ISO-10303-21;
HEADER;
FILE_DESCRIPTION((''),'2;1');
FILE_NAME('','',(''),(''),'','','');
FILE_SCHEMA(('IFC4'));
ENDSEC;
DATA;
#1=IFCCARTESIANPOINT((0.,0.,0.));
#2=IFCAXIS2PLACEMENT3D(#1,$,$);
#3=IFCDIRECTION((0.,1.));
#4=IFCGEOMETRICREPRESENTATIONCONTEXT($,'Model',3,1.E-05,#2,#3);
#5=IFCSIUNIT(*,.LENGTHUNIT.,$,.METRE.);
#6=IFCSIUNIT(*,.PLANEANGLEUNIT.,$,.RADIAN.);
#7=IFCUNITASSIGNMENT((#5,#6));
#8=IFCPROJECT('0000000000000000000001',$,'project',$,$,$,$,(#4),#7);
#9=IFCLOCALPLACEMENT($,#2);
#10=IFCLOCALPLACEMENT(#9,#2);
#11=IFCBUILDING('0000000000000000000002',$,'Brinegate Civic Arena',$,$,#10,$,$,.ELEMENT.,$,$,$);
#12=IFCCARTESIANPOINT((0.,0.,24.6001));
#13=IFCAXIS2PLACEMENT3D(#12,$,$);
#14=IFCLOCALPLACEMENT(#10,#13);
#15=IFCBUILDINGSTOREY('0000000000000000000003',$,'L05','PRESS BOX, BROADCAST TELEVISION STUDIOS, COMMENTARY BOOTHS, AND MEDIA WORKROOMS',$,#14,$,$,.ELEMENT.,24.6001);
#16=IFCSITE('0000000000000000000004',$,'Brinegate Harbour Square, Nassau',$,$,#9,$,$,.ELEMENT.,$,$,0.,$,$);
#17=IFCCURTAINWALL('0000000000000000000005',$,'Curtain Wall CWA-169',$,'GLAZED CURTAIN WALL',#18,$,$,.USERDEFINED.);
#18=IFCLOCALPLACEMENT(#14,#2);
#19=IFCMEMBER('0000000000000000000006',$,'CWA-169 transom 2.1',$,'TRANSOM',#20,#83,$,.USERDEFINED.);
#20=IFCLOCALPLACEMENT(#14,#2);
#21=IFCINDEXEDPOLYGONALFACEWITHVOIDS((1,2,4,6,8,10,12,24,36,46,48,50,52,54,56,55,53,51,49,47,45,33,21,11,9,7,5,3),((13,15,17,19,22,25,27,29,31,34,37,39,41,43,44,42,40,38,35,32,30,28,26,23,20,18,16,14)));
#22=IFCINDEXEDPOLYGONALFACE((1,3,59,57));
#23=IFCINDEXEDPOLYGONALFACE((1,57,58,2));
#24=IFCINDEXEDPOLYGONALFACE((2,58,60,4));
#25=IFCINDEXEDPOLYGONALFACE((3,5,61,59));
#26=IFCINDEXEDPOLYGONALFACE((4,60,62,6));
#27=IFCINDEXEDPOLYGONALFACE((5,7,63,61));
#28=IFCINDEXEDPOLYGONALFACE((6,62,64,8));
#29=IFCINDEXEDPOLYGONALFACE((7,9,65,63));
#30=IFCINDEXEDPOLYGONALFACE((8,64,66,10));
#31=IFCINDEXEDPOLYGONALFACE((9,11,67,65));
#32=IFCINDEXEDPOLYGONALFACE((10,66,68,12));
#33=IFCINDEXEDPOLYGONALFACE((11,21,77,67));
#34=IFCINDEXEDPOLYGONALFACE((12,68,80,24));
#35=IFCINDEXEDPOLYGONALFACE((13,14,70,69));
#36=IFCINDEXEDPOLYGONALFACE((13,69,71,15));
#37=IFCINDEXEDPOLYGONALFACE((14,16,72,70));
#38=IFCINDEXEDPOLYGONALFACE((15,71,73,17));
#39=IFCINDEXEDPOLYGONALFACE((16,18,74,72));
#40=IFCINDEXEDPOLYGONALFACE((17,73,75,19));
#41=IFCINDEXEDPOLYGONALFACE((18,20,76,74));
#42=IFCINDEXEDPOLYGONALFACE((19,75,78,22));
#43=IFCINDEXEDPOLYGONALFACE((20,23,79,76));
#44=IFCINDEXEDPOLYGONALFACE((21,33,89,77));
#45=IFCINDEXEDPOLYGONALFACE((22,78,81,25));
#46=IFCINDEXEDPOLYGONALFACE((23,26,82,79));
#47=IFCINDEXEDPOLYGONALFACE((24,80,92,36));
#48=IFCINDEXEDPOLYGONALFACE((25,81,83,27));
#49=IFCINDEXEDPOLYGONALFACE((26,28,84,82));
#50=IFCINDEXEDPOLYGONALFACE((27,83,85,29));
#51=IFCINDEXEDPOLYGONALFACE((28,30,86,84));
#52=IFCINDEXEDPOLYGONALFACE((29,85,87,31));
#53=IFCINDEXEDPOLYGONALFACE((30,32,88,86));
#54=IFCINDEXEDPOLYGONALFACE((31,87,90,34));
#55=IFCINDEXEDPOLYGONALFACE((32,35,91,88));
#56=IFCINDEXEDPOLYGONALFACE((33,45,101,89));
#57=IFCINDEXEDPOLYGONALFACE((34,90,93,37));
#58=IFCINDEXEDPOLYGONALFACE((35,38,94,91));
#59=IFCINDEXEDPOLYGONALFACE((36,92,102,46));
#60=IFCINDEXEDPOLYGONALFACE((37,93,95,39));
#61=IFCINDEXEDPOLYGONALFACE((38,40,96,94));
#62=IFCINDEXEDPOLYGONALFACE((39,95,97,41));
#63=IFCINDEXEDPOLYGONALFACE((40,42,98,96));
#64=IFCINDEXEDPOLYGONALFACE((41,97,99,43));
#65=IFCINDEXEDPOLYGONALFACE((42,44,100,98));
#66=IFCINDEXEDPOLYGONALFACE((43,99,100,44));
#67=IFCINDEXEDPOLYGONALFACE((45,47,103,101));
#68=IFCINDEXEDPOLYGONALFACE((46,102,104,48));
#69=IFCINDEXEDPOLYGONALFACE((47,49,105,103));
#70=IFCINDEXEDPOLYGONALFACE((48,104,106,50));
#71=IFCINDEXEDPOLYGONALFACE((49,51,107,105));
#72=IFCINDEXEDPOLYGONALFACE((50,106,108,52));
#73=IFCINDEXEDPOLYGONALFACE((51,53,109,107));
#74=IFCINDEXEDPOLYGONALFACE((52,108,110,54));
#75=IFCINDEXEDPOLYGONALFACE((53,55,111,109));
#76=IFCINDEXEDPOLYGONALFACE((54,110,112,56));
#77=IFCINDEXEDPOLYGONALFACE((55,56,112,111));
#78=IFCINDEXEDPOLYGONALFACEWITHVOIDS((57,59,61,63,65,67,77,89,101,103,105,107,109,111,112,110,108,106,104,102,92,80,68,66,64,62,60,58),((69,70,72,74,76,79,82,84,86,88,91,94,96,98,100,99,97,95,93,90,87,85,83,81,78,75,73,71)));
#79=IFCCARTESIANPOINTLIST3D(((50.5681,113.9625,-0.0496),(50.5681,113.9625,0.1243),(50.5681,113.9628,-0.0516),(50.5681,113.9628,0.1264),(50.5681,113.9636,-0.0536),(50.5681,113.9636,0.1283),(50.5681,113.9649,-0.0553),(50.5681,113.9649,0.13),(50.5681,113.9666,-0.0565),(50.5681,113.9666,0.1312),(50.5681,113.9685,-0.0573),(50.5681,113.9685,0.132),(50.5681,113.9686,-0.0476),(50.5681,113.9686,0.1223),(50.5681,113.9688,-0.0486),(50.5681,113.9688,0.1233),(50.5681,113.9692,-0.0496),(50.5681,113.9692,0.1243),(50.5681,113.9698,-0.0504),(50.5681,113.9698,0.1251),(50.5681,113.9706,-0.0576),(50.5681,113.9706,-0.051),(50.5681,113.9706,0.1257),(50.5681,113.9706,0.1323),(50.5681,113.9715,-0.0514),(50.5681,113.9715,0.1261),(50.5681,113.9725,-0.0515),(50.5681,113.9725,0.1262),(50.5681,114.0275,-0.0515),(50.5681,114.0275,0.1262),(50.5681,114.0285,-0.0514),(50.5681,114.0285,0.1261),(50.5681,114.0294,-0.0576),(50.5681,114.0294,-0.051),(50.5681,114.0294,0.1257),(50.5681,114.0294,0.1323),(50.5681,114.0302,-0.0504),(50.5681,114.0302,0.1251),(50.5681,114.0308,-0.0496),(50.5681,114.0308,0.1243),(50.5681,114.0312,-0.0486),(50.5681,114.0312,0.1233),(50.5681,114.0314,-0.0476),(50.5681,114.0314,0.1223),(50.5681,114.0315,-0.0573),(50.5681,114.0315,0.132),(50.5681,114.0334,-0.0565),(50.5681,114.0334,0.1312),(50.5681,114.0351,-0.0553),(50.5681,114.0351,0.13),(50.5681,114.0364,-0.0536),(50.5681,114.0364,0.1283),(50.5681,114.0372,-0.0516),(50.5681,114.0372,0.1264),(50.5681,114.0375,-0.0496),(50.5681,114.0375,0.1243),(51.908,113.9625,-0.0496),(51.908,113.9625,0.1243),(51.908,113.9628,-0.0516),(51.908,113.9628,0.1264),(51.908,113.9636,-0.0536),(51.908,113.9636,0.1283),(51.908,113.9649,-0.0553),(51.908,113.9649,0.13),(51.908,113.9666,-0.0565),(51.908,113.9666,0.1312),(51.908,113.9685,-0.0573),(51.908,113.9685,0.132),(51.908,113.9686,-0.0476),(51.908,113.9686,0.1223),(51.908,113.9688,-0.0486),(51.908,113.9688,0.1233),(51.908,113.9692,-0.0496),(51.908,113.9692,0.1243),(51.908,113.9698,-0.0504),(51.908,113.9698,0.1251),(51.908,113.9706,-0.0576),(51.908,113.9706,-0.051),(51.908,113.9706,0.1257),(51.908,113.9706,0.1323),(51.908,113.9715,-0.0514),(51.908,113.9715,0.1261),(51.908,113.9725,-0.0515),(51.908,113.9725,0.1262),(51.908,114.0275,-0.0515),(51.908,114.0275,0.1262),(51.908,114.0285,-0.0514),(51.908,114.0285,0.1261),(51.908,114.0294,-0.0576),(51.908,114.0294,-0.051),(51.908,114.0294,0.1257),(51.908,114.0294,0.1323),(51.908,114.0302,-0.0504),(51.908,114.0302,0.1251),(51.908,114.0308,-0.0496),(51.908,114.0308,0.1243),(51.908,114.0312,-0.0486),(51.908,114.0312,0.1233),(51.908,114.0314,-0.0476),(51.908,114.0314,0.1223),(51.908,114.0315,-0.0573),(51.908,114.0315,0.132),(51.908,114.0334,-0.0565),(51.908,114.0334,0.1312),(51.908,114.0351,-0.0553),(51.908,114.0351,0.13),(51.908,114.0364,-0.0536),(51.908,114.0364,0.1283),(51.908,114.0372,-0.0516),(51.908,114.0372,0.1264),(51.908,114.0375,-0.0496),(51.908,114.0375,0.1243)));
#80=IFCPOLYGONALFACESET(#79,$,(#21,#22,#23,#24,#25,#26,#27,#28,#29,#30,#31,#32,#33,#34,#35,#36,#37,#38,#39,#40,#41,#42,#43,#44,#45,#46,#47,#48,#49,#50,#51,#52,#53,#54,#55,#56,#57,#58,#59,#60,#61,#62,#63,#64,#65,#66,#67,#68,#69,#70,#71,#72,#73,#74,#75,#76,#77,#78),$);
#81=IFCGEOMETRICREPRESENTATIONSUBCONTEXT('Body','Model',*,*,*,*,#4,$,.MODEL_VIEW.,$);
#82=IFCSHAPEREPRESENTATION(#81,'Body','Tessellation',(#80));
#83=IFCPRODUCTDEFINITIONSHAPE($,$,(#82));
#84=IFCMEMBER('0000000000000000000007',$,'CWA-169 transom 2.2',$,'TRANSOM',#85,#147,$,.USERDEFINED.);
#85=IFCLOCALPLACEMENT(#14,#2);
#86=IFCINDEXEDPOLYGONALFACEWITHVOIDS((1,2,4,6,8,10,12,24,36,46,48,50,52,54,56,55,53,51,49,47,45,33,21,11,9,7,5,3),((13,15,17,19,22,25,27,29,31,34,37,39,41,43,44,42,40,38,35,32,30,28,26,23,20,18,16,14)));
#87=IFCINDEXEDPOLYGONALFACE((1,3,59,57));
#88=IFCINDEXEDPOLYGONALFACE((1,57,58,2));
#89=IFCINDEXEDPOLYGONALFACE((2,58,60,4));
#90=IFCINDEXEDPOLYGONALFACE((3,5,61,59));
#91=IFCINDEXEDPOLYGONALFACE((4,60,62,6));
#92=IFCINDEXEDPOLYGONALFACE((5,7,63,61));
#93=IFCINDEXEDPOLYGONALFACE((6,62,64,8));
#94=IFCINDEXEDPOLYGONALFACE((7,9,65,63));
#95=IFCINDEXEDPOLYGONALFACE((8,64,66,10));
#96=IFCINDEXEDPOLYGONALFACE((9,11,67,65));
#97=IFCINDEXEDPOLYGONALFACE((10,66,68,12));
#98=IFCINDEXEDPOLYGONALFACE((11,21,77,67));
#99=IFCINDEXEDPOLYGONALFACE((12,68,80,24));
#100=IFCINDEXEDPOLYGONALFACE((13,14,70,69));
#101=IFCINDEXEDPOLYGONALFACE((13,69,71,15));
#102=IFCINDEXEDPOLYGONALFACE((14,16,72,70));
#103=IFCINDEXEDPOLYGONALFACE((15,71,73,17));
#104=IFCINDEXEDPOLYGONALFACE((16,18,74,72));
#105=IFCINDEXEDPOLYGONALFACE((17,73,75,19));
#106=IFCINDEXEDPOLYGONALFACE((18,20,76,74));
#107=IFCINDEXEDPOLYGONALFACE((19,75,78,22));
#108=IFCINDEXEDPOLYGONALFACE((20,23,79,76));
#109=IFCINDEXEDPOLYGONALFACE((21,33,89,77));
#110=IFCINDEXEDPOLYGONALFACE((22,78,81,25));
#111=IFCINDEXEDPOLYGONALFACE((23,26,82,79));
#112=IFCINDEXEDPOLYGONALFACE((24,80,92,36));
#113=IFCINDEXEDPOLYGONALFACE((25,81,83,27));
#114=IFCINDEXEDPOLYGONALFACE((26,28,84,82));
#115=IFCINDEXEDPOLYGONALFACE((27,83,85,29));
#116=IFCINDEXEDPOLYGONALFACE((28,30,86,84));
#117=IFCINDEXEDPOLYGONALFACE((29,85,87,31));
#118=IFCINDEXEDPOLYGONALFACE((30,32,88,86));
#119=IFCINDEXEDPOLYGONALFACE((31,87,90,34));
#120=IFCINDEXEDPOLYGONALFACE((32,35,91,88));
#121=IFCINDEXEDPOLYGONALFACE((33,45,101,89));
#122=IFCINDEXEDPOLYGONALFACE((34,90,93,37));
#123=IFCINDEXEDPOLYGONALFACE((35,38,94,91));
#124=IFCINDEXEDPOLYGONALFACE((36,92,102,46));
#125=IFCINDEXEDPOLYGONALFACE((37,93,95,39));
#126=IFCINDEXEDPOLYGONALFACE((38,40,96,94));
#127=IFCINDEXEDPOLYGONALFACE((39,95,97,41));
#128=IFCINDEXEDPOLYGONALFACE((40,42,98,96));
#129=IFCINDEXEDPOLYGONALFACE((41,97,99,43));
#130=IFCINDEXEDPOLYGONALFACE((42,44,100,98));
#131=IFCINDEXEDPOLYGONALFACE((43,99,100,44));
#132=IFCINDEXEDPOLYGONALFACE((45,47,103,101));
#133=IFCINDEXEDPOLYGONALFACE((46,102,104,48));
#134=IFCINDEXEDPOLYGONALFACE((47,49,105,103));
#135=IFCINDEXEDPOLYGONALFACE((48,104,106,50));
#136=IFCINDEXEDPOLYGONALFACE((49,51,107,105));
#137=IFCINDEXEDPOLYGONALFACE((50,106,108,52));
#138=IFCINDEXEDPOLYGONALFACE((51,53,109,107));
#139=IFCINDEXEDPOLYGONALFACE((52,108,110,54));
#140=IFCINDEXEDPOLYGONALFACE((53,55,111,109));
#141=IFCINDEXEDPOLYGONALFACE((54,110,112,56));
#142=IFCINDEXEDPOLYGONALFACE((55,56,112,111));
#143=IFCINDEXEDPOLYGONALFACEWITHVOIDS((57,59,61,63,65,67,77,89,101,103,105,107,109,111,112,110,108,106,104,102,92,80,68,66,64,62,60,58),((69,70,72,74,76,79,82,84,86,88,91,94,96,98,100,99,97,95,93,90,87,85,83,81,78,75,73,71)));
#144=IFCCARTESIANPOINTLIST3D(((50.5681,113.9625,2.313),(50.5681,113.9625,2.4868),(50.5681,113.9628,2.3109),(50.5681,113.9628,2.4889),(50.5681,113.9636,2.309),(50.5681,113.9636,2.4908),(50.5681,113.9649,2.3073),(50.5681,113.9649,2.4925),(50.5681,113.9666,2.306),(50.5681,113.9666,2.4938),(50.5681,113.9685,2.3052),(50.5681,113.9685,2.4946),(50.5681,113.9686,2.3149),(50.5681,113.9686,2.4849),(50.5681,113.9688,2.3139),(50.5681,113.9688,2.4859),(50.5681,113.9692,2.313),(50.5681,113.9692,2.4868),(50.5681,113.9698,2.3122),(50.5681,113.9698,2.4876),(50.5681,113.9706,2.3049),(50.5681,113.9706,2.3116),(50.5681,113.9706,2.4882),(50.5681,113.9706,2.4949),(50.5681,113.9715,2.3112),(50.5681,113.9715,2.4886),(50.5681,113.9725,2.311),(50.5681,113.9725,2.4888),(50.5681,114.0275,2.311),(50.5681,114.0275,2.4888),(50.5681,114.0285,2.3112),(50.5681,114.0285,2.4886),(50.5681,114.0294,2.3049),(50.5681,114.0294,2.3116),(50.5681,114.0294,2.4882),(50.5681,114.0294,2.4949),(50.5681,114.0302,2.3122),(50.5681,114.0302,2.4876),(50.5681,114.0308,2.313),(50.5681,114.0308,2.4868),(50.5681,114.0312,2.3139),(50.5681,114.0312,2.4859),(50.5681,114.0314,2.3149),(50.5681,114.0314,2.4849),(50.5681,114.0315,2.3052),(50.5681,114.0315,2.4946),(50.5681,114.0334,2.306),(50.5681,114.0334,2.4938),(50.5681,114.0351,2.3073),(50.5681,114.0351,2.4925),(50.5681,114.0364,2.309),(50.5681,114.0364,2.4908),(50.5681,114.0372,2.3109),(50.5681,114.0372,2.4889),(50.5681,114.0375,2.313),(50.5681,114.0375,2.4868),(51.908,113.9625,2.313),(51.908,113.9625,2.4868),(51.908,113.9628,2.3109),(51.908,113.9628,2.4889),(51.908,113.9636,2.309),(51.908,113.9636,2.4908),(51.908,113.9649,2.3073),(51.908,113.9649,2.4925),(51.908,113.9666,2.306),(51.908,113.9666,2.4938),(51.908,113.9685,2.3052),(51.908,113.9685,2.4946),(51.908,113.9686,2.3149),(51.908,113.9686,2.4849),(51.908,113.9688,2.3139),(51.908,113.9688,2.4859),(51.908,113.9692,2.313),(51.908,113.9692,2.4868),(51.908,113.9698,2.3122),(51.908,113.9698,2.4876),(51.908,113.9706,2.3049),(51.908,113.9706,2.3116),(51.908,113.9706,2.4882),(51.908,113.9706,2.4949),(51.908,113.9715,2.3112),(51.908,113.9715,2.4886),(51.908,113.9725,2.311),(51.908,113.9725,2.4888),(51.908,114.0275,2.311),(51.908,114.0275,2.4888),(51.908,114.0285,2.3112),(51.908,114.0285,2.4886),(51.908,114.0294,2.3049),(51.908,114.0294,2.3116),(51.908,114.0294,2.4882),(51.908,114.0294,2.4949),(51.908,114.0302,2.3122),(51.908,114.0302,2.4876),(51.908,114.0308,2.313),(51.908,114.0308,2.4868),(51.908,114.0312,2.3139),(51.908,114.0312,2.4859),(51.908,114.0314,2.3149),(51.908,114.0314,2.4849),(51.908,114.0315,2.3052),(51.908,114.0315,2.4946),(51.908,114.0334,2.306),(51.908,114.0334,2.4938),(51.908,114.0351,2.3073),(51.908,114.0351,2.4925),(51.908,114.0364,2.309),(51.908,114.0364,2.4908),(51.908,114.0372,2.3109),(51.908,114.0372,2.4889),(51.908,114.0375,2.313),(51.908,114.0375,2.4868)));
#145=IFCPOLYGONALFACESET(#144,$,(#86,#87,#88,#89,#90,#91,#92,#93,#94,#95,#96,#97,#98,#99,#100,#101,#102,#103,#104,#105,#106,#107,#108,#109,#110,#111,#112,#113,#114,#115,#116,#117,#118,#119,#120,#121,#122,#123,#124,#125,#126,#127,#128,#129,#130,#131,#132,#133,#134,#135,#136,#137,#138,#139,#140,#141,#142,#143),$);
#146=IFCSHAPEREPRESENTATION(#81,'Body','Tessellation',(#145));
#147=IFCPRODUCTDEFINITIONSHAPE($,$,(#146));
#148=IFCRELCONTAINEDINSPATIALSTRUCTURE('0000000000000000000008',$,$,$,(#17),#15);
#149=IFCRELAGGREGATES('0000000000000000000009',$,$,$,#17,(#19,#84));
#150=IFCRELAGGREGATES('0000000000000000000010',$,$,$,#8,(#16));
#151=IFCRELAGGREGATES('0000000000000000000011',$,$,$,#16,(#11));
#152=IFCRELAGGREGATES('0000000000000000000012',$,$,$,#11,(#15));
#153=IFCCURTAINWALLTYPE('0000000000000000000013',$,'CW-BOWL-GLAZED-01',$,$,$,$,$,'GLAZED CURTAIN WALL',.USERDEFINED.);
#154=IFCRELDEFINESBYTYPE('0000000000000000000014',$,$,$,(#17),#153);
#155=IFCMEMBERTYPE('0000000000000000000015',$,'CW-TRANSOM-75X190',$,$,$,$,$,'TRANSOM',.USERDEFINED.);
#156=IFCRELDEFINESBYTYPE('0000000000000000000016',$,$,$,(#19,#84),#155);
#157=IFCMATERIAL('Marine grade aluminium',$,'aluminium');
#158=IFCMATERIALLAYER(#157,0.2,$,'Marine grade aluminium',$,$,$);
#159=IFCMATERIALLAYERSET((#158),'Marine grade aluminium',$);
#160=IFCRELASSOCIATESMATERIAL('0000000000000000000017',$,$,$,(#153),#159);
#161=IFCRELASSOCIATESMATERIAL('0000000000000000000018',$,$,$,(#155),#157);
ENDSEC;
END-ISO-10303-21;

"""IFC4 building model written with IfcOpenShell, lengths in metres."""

from ifc_helpers import new_model, si_unit, direction, frame, origin, origin_2d, place, context, subcontext, project, spatial, hollow_rectangle, extrude, material, layer, layer_set, material_profile, profile_set, type_object, element, aggregate, save


model = new_model("IFC4")

# Units and contexts
model_context = context("Model", 3, precision=1e-05, world=origin(), true_north=direction((0.0, 1.0)))
body_context = subcontext(model_context, "Body", "Model", "MODEL_VIEW")
ifc_project = project(units=[si_unit("LENGTHUNIT", "METRE"), si_unit("PLANEANGLEUNIT", "RADIAN")], contexts=[model_context])

# Site, building, storey
site_placement = place(None, origin())
site = spatial("IfcSite", under=ifc_project, at=site_placement, Name="Brinegate Harbour Square, Nassau", CompositionType="ELEMENT", RefElevation=0.0)
building_placement = place(site_placement, origin())
building = spatial("IfcBuilding", under=site, at=building_placement, Name="Brinegate Civic Arena", CompositionType="ELEMENT")
storey_placement = place(building_placement, frame((0.0, 0.0, 24.6001)))
storey = spatial("IfcBuildingStorey", under=building, at=storey_placement, Name="L05", Description="PRESS BOX, BROADCAST TELEVISION STUDIOS, COMMENTARY BOOTHS, AND MEDIA WORKROOMS", CompositionType="ELEMENT", Elevation=24.6001)

# Curtain wall
ifc_material_1 = material(Name="Marine grade aluminium", Category="aluminium")
ifc_layer_1 = layer(ifc_material_1, 0.2, Name="Marine grade aluminium")
ifc_layer_set_1 = layer_set([ifc_layer_1], Name="Marine grade aluminium")
curtain_wall_type = type_object("IfcCurtainWallType", Name="CW-BOWL-GLAZED-01", ElementType="GLAZED CURTAIN WALL", PredefinedType="USERDEFINED", material=ifc_layer_set_1)
curtain_wall_1_placement = place(storey_placement, origin())
curtain_wall_1 = element("IfcCurtainWall", 1, at=curtain_wall_1_placement, inside=storey, type_object=curtain_wall_type, Name="Curtain Wall CWA-169", ObjectType="GLAZED CURTAIN WALL", PredefinedType="USERDEFINED")

# Members
ifc_material_profile_1 = material_profile(ifc_material_1, hollow_rectangle(XDim=0.075, YDim=0.1899, WallThickness=0.0061, InnerFilletRadius=0.0039, OuterFilletRadius=0.0081, at=origin_2d()), Name="TRN75X190")
ifc_profile_set_1 = profile_set([ifc_material_profile_1], Name="Marine grade aluminium")
member_type_1 = type_object("IfcMemberType", Name="CW-TRANSOM-75X190", ElementType="TRANSOM", PredefinedType="USERDEFINED", material=ifc_profile_set_1)
member_1_placement = place(storey_placement, frame((50.5681, 114.0, 0.0374), z_axis=(1.0, 0.0, 0.0), x_axis=(0.0, 1.0, 0.0)))
member_1 = element("IfcMember", 2, at=member_1_placement, type_object=member_type_1, Name="CWA-169 transom 2.1", ObjectType="TRANSOM", PredefinedType="USERDEFINED", context=body_context, shape_type="SweptSolid", body=[
    extrude(hollow_rectangle(XDim=0.075, YDim=0.1899, WallThickness=0.0061, InnerFilletRadius=0.0039, OuterFilletRadius=0.0081, at=origin_2d()), origin(), (0.0, 0.0, 1.0), 1.3398),
])
member_2_placement = place(storey_placement, frame((50.5681, 114.0, 2.3999), z_axis=(1.0, 0.0, 0.0), x_axis=(0.0, 1.0, 0.0)))
member_2 = element("IfcMember", 3, at=member_2_placement, type_object=member_type_1, Name="CWA-169 transom 2.2", ObjectType="TRANSOM", PredefinedType="USERDEFINED", context=body_context, shape_type="SweptSolid", body=[
    extrude(hollow_rectangle(XDim=0.075, YDim=0.1899, WallThickness=0.0061, InnerFilletRadius=0.0039, OuterFilletRadius=0.0081, at=origin_2d()), origin(), (0.0, 0.0, 1.0), 1.3398),
])

aggregate(curtain_wall_1, [member_1, member_2])

save(model, "model.ifc")
